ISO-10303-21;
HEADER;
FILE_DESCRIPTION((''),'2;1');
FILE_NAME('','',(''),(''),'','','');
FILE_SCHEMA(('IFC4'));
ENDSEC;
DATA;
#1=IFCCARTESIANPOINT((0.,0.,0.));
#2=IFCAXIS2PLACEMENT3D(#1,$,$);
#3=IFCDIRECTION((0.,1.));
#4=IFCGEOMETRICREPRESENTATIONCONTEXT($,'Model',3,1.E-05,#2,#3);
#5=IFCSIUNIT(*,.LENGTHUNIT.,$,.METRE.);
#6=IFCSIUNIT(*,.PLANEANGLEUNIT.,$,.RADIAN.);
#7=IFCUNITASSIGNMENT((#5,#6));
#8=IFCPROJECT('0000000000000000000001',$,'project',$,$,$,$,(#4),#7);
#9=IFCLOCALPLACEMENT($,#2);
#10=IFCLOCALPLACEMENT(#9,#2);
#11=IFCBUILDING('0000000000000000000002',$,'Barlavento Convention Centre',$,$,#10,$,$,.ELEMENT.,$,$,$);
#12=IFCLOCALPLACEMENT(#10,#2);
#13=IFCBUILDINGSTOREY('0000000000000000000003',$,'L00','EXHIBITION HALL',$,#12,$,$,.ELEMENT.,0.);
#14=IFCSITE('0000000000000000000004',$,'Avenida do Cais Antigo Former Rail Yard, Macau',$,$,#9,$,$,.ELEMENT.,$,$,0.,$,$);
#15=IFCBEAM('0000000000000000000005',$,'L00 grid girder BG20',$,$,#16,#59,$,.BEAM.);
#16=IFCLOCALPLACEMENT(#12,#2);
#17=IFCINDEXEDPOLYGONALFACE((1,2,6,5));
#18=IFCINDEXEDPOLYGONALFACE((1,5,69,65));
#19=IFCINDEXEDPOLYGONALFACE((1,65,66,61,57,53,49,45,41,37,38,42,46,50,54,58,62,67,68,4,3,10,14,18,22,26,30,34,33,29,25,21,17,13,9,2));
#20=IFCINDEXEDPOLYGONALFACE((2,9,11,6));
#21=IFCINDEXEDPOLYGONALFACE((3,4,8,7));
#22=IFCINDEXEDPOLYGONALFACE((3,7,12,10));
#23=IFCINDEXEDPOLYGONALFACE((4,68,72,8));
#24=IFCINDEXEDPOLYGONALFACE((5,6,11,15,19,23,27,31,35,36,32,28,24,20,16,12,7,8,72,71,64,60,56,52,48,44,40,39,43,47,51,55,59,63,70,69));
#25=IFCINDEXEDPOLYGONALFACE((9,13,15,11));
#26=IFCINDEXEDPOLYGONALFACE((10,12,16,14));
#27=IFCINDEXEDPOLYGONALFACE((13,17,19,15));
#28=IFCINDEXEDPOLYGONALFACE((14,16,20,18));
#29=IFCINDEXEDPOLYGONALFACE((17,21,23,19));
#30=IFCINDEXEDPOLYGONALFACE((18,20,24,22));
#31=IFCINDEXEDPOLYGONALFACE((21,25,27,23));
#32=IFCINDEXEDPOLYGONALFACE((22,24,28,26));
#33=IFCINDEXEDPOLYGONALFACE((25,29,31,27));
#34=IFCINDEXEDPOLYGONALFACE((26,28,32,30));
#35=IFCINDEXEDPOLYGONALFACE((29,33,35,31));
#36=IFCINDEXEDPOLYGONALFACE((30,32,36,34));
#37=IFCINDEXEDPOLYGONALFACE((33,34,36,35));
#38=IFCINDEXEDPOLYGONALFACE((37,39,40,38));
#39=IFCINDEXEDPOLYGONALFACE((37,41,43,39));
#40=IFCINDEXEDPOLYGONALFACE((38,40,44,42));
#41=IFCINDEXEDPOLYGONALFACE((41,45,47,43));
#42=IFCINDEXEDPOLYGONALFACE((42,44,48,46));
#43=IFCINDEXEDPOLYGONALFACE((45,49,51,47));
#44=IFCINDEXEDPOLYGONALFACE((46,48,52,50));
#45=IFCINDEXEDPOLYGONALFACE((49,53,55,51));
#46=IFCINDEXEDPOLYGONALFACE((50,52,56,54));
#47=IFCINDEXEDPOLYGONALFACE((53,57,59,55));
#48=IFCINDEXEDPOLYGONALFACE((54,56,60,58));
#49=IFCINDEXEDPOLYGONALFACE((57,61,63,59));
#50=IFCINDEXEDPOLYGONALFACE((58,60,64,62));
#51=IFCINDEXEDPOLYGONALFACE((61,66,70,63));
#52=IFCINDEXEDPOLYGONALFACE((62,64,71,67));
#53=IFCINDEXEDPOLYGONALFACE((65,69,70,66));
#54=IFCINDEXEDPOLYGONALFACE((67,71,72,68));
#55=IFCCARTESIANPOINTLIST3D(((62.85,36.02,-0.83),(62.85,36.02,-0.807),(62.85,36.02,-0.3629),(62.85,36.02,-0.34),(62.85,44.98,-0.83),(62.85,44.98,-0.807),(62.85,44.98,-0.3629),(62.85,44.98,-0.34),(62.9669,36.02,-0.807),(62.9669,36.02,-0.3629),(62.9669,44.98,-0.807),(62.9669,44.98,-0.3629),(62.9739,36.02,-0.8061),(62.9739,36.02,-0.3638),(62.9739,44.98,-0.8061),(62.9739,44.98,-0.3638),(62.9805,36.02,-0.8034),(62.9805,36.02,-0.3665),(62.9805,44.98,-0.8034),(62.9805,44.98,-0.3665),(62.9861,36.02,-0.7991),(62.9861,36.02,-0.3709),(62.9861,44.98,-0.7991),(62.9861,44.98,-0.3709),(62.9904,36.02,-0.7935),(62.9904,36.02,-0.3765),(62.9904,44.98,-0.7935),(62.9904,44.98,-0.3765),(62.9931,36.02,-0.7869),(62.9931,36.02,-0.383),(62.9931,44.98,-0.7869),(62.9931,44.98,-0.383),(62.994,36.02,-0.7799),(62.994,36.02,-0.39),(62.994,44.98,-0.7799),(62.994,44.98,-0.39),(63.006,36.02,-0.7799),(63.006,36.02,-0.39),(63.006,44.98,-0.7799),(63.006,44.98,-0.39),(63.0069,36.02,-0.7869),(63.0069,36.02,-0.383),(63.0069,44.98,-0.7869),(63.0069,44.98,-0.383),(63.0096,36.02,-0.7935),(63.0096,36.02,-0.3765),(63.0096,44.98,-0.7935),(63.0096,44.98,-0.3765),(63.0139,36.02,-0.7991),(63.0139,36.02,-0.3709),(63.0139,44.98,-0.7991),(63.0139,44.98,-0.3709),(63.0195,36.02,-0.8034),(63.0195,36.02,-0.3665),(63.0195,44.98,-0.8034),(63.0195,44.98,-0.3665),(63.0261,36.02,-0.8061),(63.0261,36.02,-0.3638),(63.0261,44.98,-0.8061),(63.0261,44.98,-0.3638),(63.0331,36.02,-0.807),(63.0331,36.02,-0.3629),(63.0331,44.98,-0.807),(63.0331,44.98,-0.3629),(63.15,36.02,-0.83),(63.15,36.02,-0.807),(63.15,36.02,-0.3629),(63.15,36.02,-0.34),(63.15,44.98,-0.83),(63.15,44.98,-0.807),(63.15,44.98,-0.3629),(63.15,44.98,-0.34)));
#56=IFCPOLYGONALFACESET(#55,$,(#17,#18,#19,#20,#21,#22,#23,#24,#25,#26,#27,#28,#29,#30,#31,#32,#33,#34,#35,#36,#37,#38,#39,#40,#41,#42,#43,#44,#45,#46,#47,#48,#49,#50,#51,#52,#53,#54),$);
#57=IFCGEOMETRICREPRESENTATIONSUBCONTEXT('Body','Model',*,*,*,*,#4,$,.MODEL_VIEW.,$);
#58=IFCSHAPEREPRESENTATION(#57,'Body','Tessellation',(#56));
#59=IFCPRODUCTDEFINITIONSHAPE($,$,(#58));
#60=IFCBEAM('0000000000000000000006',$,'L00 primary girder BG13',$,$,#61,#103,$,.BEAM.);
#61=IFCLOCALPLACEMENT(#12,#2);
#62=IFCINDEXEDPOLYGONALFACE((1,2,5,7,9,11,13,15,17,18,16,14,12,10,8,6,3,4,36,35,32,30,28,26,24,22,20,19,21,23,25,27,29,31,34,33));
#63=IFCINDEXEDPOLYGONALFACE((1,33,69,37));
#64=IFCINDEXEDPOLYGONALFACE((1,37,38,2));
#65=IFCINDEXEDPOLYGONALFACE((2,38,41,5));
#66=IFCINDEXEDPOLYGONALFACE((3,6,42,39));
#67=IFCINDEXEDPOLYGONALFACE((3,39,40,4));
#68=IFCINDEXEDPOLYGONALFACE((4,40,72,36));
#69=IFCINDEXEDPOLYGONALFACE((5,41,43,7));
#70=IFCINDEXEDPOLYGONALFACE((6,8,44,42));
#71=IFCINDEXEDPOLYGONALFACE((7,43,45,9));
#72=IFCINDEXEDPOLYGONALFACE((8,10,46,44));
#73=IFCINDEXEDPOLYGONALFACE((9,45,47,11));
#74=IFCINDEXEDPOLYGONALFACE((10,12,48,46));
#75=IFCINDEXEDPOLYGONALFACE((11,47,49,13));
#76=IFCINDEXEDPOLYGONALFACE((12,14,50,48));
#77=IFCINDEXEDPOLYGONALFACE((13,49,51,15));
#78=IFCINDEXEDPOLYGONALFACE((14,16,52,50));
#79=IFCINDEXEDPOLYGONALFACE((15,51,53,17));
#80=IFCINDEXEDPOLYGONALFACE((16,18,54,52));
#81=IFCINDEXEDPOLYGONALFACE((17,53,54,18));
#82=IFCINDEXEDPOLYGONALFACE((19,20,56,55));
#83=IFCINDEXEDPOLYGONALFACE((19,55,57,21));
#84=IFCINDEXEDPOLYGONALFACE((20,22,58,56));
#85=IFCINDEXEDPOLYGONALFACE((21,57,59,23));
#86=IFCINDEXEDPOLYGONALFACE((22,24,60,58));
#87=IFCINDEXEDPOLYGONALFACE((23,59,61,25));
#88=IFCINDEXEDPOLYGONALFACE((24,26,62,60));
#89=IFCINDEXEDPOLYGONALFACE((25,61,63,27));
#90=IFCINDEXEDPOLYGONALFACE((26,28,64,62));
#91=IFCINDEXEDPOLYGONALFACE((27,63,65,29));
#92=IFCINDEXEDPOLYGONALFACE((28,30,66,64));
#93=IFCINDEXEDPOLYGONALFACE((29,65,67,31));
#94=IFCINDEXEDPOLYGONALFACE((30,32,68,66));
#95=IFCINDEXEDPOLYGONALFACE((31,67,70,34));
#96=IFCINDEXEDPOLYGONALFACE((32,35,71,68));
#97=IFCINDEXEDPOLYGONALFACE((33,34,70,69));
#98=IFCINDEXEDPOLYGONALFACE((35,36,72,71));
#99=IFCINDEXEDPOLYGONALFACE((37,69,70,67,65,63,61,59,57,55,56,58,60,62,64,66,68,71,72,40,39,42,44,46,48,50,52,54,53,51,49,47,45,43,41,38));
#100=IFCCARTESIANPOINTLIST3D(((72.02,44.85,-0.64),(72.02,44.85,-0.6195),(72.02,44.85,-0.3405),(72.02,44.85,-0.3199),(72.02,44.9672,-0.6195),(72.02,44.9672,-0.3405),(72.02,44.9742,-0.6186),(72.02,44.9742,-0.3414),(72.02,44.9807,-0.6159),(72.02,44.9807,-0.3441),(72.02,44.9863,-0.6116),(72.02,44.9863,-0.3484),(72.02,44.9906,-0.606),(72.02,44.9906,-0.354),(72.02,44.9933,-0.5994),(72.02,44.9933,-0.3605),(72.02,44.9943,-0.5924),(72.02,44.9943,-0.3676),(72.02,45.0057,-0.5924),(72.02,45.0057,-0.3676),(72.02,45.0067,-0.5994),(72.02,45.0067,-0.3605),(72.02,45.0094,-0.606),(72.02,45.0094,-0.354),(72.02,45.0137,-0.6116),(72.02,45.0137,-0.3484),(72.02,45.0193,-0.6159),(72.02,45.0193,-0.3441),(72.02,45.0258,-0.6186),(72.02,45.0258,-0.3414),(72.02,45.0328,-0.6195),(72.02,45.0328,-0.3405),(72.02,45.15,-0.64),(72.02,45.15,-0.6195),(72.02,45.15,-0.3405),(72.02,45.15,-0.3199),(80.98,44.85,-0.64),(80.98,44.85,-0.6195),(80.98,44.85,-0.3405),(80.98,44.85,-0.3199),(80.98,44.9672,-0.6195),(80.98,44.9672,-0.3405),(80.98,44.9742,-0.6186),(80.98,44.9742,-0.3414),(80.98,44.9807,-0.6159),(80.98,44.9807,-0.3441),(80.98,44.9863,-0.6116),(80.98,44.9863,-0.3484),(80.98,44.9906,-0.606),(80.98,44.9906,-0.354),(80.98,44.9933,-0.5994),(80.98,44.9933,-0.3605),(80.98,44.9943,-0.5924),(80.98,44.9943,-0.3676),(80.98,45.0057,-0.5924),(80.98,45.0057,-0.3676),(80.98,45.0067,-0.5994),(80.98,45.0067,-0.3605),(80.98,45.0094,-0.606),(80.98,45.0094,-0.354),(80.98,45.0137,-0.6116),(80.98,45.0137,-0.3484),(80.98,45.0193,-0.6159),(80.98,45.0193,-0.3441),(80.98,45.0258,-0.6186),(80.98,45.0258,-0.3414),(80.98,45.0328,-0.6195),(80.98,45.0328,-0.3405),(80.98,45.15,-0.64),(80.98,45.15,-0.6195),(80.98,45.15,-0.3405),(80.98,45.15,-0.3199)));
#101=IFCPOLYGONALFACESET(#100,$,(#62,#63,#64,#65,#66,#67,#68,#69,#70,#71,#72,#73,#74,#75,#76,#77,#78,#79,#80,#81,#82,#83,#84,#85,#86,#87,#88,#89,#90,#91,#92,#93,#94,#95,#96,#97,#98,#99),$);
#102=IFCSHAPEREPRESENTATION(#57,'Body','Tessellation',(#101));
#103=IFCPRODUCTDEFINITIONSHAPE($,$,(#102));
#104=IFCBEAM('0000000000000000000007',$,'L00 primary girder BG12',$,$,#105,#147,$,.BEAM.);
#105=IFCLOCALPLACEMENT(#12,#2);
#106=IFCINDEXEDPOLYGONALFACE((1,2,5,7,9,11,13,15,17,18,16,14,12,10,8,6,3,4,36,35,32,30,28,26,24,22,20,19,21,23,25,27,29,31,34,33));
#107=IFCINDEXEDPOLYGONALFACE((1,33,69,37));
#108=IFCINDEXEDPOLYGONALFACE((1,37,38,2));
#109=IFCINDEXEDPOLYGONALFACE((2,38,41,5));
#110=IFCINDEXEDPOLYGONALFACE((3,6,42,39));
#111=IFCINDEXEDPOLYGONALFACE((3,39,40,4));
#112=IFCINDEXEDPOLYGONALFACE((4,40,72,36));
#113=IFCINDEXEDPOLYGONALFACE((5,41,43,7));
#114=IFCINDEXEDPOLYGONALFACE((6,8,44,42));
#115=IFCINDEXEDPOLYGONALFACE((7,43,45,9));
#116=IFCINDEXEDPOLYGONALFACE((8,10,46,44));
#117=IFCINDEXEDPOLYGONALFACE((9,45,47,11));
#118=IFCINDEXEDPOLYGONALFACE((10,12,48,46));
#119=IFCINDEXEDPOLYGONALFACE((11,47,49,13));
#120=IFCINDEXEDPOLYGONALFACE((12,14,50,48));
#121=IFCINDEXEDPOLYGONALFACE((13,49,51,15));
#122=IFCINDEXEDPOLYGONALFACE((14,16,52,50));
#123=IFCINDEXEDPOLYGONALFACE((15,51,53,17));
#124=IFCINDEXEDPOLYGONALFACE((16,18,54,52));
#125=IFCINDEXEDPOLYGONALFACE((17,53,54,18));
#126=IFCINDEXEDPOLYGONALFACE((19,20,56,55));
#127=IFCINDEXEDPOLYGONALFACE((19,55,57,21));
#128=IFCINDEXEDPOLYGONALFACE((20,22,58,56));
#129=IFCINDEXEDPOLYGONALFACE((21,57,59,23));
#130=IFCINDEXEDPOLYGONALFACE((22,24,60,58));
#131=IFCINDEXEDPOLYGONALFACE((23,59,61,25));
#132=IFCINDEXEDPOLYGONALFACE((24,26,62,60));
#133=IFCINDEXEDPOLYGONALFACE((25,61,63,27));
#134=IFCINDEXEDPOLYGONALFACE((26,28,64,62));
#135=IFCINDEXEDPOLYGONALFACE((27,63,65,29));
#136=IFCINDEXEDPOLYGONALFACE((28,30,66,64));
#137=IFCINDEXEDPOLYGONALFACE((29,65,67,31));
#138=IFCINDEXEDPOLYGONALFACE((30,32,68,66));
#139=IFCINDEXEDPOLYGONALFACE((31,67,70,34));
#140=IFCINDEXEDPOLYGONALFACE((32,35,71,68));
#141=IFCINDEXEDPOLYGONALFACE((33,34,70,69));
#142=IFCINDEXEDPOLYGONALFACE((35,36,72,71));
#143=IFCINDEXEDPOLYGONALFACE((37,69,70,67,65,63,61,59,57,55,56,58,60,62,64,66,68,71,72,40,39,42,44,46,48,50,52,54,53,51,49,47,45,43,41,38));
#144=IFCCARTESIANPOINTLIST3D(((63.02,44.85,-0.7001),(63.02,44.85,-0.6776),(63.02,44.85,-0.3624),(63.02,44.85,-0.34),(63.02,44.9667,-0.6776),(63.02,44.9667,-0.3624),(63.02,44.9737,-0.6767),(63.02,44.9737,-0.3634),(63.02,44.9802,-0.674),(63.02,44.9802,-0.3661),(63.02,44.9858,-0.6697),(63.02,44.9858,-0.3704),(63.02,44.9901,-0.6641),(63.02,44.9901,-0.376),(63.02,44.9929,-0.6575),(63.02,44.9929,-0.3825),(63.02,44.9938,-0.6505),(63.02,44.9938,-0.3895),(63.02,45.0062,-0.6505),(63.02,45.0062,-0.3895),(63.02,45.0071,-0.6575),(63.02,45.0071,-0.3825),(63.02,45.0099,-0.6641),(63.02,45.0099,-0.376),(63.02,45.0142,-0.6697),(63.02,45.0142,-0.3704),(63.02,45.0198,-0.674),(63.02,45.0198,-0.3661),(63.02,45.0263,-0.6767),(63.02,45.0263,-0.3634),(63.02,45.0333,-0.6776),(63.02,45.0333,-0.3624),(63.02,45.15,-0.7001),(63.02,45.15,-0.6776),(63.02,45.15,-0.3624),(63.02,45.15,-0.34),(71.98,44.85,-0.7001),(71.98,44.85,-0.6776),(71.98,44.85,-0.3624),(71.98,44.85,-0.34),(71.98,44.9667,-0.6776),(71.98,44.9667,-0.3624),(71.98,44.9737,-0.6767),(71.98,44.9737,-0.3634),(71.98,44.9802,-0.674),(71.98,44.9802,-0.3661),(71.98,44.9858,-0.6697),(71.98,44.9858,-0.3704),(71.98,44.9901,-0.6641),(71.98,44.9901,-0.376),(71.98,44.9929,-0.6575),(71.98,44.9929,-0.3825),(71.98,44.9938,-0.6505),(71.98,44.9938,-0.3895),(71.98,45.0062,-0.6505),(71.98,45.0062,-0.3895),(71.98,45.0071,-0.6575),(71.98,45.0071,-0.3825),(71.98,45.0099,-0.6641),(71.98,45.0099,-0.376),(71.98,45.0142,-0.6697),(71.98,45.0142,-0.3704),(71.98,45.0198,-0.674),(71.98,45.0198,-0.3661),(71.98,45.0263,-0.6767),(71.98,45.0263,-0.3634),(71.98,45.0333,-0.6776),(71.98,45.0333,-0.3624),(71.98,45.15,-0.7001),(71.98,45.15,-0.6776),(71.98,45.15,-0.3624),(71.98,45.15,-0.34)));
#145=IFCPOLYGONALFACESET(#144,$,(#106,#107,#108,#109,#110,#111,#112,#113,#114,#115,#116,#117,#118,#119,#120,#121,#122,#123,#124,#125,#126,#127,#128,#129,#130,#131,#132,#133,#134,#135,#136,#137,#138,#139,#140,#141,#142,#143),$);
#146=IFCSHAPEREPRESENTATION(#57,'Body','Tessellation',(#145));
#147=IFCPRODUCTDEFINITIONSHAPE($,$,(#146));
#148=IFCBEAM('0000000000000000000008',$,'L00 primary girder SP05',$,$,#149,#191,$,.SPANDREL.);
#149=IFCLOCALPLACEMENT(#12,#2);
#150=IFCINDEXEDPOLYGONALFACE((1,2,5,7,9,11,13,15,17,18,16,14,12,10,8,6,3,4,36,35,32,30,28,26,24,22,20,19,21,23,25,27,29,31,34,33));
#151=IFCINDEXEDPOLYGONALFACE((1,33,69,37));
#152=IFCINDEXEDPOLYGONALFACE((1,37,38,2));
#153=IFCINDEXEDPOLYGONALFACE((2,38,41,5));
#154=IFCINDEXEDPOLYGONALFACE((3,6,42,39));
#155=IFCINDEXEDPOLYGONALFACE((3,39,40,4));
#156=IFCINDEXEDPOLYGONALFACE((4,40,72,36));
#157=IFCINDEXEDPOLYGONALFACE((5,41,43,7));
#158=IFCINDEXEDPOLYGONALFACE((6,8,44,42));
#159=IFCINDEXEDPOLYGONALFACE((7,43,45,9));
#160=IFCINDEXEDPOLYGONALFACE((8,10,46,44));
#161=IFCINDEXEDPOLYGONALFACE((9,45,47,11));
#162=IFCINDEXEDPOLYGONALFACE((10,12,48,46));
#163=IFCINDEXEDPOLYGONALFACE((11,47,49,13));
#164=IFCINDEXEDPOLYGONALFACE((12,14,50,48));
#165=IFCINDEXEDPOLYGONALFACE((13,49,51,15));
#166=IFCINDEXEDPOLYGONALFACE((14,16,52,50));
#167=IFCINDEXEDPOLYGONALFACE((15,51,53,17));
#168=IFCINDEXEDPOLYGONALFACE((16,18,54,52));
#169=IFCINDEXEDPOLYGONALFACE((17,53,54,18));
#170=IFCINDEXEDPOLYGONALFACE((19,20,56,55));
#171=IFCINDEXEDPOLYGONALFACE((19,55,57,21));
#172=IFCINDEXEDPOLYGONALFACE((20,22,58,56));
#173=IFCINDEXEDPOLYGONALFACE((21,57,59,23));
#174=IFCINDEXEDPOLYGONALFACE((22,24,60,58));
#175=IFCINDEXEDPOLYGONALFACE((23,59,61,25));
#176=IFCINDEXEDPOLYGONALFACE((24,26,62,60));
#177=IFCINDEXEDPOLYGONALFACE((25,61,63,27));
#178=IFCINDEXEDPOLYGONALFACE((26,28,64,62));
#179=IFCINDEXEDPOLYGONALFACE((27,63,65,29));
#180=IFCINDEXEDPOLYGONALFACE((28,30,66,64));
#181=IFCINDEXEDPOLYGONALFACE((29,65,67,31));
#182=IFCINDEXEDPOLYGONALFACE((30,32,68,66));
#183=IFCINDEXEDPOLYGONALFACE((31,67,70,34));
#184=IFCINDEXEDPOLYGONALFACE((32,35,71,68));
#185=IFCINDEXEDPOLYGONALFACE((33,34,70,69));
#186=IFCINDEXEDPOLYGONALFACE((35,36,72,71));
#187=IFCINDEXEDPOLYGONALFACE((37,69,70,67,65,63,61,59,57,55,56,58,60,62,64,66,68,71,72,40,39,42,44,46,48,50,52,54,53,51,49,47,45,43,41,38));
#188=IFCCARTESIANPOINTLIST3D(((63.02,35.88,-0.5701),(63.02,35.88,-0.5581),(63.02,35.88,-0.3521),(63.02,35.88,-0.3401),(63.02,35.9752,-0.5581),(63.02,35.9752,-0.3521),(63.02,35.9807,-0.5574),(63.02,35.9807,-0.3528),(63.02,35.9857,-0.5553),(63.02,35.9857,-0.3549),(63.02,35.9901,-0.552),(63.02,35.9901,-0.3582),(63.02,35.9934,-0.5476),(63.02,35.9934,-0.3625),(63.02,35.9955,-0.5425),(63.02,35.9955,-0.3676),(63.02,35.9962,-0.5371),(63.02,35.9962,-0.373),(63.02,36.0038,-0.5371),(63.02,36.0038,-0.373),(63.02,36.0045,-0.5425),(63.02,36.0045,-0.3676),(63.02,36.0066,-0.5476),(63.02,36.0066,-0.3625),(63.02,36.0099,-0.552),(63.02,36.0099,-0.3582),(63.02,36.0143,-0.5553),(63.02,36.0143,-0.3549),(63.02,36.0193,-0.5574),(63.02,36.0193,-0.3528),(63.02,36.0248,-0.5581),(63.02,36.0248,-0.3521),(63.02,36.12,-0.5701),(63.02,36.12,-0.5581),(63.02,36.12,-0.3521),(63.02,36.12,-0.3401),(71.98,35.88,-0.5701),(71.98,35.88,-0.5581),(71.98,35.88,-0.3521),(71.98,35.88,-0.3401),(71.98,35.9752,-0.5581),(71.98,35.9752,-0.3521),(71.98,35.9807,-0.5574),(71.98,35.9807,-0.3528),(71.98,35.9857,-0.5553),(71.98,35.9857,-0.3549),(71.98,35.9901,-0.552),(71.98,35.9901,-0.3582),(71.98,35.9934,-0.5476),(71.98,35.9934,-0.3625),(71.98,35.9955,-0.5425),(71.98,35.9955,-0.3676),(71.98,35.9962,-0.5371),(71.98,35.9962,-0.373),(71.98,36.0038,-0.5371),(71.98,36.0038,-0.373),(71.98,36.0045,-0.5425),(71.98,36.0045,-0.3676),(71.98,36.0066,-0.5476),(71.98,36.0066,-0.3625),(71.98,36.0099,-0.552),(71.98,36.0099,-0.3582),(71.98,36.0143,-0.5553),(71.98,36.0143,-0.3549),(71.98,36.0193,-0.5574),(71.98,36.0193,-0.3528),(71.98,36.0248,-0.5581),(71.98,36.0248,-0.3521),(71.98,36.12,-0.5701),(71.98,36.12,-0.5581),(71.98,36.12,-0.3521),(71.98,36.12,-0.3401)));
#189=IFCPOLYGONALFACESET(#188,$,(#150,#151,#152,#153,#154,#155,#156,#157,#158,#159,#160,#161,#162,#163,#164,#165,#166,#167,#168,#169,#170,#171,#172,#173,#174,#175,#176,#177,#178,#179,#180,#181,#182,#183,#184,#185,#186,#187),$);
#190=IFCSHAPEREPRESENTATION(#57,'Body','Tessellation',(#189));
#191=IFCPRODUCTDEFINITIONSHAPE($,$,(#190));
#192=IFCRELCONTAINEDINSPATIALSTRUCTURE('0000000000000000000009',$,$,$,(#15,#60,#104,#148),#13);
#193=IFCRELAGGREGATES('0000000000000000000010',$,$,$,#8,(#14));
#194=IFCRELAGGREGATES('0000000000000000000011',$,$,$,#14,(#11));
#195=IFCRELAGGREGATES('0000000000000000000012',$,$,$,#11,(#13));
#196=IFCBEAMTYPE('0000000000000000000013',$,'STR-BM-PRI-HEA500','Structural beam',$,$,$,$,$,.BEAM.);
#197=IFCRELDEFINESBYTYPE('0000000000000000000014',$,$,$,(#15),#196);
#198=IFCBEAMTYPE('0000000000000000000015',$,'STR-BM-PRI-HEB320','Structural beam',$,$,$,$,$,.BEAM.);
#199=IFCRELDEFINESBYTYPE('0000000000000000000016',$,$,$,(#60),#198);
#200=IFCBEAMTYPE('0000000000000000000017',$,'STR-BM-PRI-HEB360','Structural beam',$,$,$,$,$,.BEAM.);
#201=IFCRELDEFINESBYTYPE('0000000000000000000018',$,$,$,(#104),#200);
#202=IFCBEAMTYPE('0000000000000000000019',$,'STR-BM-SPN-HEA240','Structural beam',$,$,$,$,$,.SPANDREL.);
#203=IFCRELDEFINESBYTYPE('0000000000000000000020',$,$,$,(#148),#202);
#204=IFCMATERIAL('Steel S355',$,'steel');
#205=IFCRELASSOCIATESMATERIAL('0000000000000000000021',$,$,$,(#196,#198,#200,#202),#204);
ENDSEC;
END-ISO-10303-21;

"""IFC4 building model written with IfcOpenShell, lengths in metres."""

from ifc_helpers import new_model, si_unit, direction, frame, origin, origin_2d, place, context, subcontext, project, spatial, i_section, extrude, material, material_profile, profile_set, type_object, element, save


model = new_model("IFC4")

# Units and contexts
model_context = context("Model", 3, precision=1e-05, world=origin(), true_north=direction((0.0, 1.0)))
body_context = subcontext(model_context, "Body", "Model", "MODEL_VIEW")
ifc_project = project(units=[si_unit("LENGTHUNIT", "METRE"), si_unit("PLANEANGLEUNIT", "RADIAN")], contexts=[model_context])

# Site, building, storey
site_placement = place(None, origin())
site = spatial("IfcSite", under=ifc_project, at=site_placement, Name="Avenida do Cais Antigo Former Rail Yard, Macau", CompositionType="ELEMENT", RefElevation=0.0)
building_placement = place(site_placement, origin())
building = spatial("IfcBuilding", under=site, at=building_placement, Name="Barlavento Convention Centre", CompositionType="ELEMENT")
storey_placement = place(building_placement, origin())
storey = spatial("IfcBuildingStorey", under=building, at=storey_placement, Name="L00", Description="EXHIBITION HALL", CompositionType="ELEMENT", Elevation=0.0)

# Beams
ifc_material_1 = material(Name="Steel S355", Category="steel")
ifc_material_profile_1 = material_profile(ifc_material_1, i_section(OverallWidth=0.3, OverallDepth=0.49, WebThickness=0.012, FlangeThickness=0.0229, FilletRadius=0.0271, at=origin_2d()), Name="HEA 500")
ifc_profile_set_1 = profile_set([ifc_material_profile_1], Name="Steel S355")
beam_type_1 = type_object("IfcBeamType", Name="STR-BM-PRI-HEA500", Description="Structural beam", PredefinedType="BEAM", material=ifc_profile_set_1)
beam_1_placement = place(storey_placement, frame((63.0, 36.02, -0.585), z_axis=(0.0, 1.0, 0.0), x_axis=(-1.0, 0.0, 0.0)))
element("IfcBeam", 1, at=beam_1_placement, inside=storey, type_object=beam_type_1, Name="L00 grid girder BG20", PredefinedType="BEAM", context=body_context, shape_type="SweptSolid", body=[
    extrude(i_section(OverallWidth=0.3, OverallDepth=0.49, WebThickness=0.012, FlangeThickness=0.0229, FilletRadius=0.0271, at=origin_2d()), origin(), (0.0, 0.0, 1.0), 8.96),
])
ifc_material_profile_2 = material_profile(ifc_material_1, i_section(OverallWidth=0.3, OverallDepth=0.3201, WebThickness=0.0115, FlangeThickness=0.0205, FilletRadius=0.0271, at=origin_2d()), Name="HEB 320")
ifc_profile_set_2 = profile_set([ifc_material_profile_2], Name="Steel S355")
beam_type_2 = type_object("IfcBeamType", Name="STR-BM-PRI-HEB320", Description="Structural beam", PredefinedType="BEAM", material=ifc_profile_set_2)
beam_2_placement = place(storey_placement, frame((72.02, 45.0, -0.48), z_axis=(1.0, 0.0, 0.0), x_axis=(0.0, 1.0, 0.0)))
element("IfcBeam", 2, at=beam_2_placement, inside=storey, type_object=beam_type_2, Name="L00 primary girder BG13", PredefinedType="BEAM", context=body_context, shape_type="SweptSolid", body=[
    extrude(i_section(OverallWidth=0.3, OverallDepth=0.3201, WebThickness=0.0115, FlangeThickness=0.0205, FilletRadius=0.0271, at=origin_2d()), origin(), (0.0, 0.0, 1.0), 8.96),
])
ifc_material_profile_3 = material_profile(ifc_material_1, i_section(OverallWidth=0.3, OverallDepth=0.3601, WebThickness=0.0125, FlangeThickness=0.0225, FilletRadius=0.0271, at=origin_2d()), Name="HEB 360")
ifc_profile_set_3 = profile_set([ifc_material_profile_3], Name="Steel S355")
beam_type_3 = type_object("IfcBeamType", Name="STR-BM-PRI-HEB360", Description="Structural beam", PredefinedType="BEAM", material=ifc_profile_set_3)
beam_3_placement = place(storey_placement, frame((63.02, 45.0, -0.52), z_axis=(1.0, 0.0, 0.0), x_axis=(0.0, 1.0, 0.0)))
element("IfcBeam", 3, at=beam_3_placement, inside=storey, type_object=beam_type_3, Name="L00 primary girder BG12", PredefinedType="BEAM", context=body_context, shape_type="SweptSolid", body=[
    extrude(i_section(OverallWidth=0.3, OverallDepth=0.3601, WebThickness=0.0125, FlangeThickness=0.0225, FilletRadius=0.0271, at=origin_2d()), origin(), (0.0, 0.0, 1.0), 8.96),
])
ifc_material_profile_4 = material_profile(ifc_material_1, i_section(OverallWidth=0.24, OverallDepth=0.23, WebThickness=0.0076, FlangeThickness=0.012, FilletRadius=0.021, at=origin_2d()), Name="HEA 240")
ifc_profile_set_4 = profile_set([ifc_material_profile_4], Name="Steel S355")
beam_type_4 = type_object("IfcBeamType", Name="STR-BM-SPN-HEA240", Description="Structural beam", PredefinedType="SPANDREL", material=ifc_profile_set_4)
beam_4_placement = place(storey_placement, frame((63.02, 36.0, -0.4551), z_axis=(1.0, 0.0, 0.0), x_axis=(0.0, 1.0, 0.0)))
element("IfcBeam", 4, at=beam_4_placement, inside=storey, type_object=beam_type_4, Name="L00 primary girder SP05", PredefinedType="SPANDREL", context=body_context, shape_type="SweptSolid", body=[
    extrude(i_section(OverallWidth=0.24, OverallDepth=0.23, WebThickness=0.0076, FlangeThickness=0.012, FilletRadius=0.021, at=origin_2d()), origin(), (0.0, 0.0, 1.0), 8.96),
])

save(model, "model.ifc")
